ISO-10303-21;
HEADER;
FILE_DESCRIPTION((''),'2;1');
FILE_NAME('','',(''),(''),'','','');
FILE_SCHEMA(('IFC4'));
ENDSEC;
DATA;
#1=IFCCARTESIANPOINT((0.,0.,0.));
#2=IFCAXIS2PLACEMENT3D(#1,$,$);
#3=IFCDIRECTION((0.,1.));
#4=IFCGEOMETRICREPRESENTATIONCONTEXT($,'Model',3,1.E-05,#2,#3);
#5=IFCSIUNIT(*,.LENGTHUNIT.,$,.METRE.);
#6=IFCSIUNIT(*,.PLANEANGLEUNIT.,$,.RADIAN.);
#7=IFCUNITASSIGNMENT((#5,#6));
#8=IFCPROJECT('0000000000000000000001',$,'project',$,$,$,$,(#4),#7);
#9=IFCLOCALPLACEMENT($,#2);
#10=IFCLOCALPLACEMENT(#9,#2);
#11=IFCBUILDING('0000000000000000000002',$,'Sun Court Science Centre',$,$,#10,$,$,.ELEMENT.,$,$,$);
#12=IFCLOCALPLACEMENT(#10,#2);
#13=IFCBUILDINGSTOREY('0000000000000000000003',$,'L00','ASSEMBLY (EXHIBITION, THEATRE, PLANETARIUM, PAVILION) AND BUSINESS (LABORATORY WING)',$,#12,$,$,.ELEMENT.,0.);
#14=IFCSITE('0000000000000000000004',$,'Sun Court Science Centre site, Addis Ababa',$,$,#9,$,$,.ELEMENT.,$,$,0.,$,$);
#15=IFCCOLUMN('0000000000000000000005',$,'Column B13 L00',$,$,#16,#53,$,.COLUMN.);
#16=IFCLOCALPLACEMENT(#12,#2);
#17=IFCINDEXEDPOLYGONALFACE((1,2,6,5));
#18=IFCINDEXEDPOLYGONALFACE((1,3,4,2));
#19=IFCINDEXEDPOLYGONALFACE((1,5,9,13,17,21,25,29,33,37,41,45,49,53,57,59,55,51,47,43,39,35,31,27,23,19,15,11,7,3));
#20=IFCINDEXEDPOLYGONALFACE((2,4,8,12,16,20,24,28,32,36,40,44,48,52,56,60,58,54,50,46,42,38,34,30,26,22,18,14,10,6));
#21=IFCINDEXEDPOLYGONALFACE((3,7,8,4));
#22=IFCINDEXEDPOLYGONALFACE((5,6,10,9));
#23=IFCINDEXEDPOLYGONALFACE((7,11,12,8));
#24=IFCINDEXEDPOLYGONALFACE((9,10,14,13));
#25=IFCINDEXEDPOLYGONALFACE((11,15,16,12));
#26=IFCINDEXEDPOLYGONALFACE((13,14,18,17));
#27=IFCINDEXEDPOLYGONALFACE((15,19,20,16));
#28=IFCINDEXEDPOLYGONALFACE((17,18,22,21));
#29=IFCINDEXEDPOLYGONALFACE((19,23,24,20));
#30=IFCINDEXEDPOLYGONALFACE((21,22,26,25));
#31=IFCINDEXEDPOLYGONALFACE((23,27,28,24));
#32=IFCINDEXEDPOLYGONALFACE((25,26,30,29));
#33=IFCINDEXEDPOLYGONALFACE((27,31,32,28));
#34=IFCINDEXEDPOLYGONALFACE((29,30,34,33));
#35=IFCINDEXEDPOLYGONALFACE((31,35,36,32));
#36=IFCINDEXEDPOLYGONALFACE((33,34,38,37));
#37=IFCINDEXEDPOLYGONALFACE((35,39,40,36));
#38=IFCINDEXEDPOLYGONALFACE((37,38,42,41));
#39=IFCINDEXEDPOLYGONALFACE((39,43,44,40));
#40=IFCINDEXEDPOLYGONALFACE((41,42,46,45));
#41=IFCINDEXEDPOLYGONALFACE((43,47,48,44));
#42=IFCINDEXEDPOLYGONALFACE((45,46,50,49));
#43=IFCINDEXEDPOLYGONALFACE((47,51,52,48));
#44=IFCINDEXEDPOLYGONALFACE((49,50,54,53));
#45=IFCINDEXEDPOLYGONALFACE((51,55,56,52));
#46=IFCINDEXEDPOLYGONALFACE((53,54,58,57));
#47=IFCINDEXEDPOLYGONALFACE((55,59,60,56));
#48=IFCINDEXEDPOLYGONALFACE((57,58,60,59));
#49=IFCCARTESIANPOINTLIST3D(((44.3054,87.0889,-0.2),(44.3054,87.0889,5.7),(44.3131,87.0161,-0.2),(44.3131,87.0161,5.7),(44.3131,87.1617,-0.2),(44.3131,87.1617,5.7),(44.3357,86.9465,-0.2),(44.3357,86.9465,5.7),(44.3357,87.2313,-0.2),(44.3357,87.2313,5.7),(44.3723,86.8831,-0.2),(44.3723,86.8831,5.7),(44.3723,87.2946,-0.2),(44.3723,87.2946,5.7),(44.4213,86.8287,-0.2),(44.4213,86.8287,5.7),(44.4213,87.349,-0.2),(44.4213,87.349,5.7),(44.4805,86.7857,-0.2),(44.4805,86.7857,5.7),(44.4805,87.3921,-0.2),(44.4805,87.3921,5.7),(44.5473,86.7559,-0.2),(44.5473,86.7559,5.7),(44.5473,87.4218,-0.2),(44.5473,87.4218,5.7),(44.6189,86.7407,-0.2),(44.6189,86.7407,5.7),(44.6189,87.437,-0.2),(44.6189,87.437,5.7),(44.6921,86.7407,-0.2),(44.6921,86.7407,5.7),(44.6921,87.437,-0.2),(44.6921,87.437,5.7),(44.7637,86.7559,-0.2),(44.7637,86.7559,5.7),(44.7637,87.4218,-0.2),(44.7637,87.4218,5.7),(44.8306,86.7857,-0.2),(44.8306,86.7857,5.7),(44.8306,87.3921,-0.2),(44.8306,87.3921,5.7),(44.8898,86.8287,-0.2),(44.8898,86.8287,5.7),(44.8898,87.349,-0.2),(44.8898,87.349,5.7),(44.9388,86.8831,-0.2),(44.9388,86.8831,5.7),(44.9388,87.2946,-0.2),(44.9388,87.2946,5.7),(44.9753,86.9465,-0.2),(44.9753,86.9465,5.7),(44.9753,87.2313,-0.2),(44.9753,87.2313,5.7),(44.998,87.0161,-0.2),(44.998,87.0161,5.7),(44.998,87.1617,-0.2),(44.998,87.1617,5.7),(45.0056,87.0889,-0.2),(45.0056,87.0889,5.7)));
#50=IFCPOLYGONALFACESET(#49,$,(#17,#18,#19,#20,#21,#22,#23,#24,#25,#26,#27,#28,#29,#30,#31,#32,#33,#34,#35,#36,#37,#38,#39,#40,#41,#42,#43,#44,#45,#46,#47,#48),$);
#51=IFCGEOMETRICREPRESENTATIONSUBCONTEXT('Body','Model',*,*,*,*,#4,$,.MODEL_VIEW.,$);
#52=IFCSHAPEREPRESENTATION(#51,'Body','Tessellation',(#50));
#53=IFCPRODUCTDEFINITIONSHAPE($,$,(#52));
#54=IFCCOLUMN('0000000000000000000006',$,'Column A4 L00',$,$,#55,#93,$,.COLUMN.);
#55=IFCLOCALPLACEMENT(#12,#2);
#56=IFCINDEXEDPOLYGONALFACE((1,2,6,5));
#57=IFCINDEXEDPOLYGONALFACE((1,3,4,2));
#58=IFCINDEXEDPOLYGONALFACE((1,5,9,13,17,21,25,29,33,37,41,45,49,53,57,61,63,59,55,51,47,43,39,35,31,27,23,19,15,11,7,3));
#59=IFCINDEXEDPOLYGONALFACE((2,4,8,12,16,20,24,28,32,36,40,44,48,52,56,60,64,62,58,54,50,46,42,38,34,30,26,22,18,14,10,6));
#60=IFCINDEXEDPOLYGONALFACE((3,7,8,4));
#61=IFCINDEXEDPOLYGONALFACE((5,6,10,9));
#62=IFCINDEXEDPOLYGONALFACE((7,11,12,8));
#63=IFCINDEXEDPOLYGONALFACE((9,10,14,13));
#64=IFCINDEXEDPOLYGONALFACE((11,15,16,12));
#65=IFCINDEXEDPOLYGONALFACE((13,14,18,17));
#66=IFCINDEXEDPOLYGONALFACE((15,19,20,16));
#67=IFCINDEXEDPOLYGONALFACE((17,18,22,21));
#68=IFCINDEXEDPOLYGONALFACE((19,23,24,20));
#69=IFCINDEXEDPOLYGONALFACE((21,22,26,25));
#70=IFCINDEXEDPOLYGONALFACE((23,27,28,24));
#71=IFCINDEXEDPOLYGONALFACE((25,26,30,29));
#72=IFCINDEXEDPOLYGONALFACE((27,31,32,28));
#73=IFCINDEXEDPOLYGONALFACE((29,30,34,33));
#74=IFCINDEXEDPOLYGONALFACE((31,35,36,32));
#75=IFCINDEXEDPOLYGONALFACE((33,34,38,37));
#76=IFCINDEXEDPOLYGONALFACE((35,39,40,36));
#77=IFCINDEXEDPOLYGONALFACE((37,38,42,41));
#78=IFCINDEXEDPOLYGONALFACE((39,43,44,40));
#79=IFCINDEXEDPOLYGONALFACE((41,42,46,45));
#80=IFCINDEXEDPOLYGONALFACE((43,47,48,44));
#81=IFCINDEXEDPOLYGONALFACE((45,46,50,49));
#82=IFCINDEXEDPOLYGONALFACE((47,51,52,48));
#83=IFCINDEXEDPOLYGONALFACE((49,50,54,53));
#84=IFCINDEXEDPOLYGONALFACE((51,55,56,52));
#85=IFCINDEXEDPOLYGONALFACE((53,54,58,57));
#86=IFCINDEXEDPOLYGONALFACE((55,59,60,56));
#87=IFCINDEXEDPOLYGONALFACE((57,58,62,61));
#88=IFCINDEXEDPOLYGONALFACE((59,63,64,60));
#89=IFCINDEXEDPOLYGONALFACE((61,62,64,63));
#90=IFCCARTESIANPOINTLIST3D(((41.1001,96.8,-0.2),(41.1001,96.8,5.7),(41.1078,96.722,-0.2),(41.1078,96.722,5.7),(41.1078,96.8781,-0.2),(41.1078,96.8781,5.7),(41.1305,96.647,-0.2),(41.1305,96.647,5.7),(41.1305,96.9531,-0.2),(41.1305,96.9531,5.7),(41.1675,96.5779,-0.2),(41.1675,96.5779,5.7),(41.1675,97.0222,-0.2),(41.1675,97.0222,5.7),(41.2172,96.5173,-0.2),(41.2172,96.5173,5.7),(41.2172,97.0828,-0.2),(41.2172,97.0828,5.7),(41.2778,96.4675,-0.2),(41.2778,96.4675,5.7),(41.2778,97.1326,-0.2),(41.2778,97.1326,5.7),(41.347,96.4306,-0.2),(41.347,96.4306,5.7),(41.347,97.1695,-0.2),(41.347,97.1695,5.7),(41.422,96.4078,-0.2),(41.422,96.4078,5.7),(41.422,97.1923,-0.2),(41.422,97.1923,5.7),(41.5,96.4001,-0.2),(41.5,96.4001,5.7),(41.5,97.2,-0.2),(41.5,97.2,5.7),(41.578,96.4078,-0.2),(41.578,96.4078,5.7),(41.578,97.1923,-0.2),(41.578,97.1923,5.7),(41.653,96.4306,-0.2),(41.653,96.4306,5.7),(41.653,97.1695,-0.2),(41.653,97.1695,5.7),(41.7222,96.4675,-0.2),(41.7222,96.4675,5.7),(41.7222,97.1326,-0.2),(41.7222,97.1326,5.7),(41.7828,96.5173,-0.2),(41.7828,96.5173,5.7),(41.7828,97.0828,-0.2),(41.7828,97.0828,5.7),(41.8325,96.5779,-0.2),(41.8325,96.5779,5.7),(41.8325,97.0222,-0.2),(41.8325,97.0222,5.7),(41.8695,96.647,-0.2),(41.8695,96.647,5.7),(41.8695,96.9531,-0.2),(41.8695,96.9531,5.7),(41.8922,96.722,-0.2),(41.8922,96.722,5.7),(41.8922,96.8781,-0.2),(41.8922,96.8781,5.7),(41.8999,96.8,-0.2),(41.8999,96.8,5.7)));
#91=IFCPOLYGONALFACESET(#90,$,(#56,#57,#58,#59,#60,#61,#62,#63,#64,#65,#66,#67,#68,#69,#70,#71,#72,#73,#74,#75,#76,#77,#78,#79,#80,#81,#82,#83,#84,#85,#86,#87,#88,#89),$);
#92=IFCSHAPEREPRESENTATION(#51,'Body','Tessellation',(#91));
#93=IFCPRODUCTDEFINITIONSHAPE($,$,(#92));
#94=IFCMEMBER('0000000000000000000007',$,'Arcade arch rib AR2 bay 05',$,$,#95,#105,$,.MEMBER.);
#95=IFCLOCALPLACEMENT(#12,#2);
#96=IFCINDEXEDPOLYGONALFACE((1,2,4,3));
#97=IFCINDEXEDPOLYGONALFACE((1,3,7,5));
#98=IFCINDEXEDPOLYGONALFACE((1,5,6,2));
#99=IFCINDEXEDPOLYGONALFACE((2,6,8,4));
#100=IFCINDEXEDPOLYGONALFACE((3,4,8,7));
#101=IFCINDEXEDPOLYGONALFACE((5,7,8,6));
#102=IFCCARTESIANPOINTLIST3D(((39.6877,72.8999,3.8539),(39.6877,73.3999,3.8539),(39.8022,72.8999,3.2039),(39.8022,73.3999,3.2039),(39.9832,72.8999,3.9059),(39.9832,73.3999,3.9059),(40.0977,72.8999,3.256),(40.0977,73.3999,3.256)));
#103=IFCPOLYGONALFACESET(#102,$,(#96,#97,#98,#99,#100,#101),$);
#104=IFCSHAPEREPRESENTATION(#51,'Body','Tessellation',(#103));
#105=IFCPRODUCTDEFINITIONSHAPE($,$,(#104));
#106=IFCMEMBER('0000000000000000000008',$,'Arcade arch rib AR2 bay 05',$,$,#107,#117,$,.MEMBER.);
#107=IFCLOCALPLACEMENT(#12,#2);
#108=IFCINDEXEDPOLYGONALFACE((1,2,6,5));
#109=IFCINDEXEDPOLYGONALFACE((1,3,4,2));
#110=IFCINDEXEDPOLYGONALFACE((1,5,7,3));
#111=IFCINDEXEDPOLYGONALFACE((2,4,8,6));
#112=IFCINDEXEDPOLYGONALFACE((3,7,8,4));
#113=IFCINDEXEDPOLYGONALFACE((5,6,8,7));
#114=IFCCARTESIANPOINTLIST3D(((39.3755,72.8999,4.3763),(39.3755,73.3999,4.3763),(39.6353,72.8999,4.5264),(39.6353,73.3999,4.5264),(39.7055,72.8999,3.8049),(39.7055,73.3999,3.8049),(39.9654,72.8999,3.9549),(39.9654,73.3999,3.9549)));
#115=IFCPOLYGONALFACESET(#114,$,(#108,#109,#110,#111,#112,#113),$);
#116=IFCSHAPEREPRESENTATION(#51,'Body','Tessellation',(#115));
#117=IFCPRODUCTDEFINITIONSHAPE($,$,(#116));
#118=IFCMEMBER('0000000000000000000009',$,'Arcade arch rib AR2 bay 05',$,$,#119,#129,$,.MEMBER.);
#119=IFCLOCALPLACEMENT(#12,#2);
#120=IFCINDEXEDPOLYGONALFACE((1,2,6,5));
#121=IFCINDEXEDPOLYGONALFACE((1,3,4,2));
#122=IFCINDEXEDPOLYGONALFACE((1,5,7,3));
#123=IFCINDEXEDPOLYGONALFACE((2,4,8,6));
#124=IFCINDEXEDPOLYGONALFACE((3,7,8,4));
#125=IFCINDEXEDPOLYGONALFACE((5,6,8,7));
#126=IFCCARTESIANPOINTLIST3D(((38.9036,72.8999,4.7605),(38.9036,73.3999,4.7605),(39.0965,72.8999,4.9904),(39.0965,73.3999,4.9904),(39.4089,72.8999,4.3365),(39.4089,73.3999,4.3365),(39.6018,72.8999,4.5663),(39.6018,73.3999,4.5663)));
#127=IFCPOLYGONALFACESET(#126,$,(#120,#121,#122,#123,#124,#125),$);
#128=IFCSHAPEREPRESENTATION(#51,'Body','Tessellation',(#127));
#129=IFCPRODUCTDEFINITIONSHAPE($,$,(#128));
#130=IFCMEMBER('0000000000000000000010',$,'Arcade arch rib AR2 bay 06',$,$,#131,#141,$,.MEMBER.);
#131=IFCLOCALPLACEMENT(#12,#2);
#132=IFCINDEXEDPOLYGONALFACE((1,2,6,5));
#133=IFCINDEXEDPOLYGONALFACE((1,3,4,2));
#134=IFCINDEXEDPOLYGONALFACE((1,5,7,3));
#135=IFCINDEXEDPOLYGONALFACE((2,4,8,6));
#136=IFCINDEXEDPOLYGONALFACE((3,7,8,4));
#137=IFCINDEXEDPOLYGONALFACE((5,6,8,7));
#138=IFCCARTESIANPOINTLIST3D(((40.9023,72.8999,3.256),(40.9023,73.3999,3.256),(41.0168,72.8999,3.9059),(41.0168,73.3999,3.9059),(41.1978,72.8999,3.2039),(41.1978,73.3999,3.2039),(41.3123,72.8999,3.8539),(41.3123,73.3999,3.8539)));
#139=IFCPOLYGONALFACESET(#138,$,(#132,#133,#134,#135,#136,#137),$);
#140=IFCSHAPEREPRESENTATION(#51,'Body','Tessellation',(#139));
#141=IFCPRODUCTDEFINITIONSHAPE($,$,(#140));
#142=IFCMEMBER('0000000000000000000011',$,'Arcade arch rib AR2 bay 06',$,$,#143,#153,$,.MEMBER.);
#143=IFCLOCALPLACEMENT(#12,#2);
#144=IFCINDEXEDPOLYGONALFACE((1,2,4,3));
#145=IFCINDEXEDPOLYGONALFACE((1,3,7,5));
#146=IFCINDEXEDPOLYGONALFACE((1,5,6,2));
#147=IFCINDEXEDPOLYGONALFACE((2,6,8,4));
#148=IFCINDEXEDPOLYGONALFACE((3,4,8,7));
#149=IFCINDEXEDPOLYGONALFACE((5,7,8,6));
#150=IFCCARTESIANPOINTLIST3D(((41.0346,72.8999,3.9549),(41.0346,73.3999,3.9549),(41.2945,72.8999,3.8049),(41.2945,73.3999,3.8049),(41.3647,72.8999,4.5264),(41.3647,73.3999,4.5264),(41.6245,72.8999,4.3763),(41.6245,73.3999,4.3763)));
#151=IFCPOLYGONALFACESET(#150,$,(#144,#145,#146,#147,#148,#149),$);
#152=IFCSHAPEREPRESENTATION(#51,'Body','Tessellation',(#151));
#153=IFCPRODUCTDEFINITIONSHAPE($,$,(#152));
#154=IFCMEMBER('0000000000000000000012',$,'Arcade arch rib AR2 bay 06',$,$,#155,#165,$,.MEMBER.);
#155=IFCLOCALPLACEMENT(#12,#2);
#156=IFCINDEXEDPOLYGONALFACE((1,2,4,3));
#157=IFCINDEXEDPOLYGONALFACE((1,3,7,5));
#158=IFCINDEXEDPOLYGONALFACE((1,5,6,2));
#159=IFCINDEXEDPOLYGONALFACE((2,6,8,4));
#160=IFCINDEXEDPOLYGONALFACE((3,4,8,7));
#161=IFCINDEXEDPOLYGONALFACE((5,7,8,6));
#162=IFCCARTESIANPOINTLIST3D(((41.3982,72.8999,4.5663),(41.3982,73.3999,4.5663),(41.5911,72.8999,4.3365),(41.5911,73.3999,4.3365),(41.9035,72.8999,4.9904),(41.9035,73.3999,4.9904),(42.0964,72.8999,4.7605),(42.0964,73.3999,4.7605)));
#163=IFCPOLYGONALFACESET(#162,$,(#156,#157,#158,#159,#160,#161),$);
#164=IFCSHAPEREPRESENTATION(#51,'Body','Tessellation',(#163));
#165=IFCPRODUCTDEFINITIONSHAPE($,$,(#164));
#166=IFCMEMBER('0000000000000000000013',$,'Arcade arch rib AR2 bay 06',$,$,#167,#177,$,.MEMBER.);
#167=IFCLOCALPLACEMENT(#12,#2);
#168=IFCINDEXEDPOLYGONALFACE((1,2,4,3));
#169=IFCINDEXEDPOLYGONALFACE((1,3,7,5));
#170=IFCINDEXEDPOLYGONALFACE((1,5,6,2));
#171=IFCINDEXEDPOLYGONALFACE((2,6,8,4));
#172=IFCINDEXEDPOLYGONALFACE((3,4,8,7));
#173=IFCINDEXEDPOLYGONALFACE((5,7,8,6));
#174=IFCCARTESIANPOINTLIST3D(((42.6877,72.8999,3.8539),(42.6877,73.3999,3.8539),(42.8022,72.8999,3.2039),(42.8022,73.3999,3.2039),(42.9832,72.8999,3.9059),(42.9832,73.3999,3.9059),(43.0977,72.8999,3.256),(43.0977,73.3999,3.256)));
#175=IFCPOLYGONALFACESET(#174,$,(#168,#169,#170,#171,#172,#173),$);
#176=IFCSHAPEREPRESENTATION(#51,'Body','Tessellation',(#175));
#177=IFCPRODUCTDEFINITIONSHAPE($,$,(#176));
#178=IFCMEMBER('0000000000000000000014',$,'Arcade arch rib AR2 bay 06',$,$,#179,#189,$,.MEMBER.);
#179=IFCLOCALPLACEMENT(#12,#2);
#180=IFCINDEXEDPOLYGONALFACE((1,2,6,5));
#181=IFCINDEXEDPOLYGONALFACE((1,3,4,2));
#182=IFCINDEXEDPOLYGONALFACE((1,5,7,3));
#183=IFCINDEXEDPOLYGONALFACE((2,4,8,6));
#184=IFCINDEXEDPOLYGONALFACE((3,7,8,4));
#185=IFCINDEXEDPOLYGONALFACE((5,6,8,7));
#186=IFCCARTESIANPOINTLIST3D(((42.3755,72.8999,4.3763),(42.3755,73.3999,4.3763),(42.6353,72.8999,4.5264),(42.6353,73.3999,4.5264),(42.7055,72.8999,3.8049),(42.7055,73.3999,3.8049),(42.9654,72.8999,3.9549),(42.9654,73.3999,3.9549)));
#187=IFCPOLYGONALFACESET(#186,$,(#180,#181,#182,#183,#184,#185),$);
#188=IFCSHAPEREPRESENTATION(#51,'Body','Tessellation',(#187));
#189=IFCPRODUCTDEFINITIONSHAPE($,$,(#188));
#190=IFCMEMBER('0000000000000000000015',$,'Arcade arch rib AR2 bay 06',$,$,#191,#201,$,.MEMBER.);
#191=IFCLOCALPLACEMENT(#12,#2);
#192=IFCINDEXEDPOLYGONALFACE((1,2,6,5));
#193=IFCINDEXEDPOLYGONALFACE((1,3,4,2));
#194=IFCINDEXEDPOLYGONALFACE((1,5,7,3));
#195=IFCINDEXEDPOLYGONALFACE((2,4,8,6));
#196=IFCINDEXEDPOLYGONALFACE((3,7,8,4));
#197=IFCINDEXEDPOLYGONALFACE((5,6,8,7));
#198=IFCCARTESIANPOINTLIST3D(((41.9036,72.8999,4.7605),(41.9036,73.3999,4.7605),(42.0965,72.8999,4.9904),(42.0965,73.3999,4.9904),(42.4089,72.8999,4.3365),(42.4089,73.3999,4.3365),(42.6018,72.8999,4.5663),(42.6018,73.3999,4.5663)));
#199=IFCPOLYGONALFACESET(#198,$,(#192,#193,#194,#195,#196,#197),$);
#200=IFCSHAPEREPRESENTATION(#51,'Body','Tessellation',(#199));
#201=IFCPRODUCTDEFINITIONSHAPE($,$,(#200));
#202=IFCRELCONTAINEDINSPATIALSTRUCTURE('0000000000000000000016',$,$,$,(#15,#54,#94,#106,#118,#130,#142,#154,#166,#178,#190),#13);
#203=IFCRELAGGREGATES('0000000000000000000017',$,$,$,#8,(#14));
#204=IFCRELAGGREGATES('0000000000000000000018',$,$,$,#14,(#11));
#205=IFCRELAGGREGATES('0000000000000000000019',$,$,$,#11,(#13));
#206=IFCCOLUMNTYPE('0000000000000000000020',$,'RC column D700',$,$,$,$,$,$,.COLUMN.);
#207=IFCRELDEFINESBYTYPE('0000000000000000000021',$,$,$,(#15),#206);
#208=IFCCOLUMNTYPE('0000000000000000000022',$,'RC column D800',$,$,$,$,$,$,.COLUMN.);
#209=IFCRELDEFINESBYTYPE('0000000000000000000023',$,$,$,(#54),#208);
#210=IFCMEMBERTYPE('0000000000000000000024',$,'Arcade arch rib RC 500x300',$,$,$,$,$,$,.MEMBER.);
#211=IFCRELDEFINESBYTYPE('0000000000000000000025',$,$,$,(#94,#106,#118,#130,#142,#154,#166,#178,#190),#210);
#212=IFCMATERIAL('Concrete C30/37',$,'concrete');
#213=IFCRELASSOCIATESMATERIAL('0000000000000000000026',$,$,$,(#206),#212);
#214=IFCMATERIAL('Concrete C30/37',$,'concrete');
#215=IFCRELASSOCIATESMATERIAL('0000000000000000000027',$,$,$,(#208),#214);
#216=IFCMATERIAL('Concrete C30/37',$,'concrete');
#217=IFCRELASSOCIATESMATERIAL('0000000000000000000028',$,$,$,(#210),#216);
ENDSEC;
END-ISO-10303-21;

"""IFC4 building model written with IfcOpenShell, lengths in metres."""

from ifc_helpers import new_model, si_unit, direction, frame, origin, origin_2d, place, context, subcontext, project, spatial, rectangle, circle, extrude, material, material_profile, profile_set, type_object, element, save


model = new_model("IFC4")

# Units and contexts
model_context = context("Model", 3, precision=1e-05, world=origin(), true_north=direction((0.0, 1.0)))
body_context = subcontext(model_context, "Body", "Model", "MODEL_VIEW")
ifc_project = project(units=[si_unit("LENGTHUNIT", "METRE"), si_unit("PLANEANGLEUNIT", "RADIAN")], contexts=[model_context])

# Site, building, storey
site_placement = place(None, origin())
site = spatial("IfcSite", under=ifc_project, at=site_placement, Name="Sun Court Science Centre site, Addis Ababa", CompositionType="ELEMENT", RefElevation=0.0)
building_placement = place(site_placement, origin())
building = spatial("IfcBuilding", under=site, at=building_placement, Name="Sun Court Science Centre", CompositionType="ELEMENT")
storey_placement = place(building_placement, origin())
storey = spatial("IfcBuildingStorey", under=building, at=storey_placement, Name="L00", Description="ASSEMBLY (EXHIBITION, THEATRE, PLANETARIUM, PAVILION) AND BUSINESS (LABORATORY WING)", CompositionType="ELEMENT", Elevation=0.0)

# Columns
ifc_material_1 = material(Name="Concrete C30/37", Category="concrete")
ifc_material_profile_1 = material_profile(ifc_material_1, circle(Radius=0.3501, at=origin_2d()), Name="RC D700")
ifc_profile_set_1 = profile_set([ifc_material_profile_1], Name="Concrete C30/37")
column_type_1 = type_object("IfcColumnType", Name="RC column D700", PredefinedType="COLUMN", material=ifc_profile_set_1)
for number, where, z_axis, x_axis, name in (
    (1, (44.6555, 87.0889, -0.2), (0.0, 0.0, 1.0), (1.0, 0.0, 0.0), "Column B13 L00"),
):
    element("IfcColumn", number, at=place(storey_placement, frame(where, z_axis=z_axis, x_axis=x_axis)), inside=storey, type_object=column_type_1, Name=name, PredefinedType="COLUMN", context=body_context, shape_type="SweptSolid", body=[
        extrude(circle(Radius=0.3501, at=origin_2d()), origin(), (0.0, 0.0, 1.0), 5.8999),
    ])
ifc_material_2 = material(Name="Concrete C30/37", Category="concrete")
ifc_material_profile_2 = material_profile(ifc_material_2, circle(Radius=0.3999, at=origin_2d()), Name="RC D800")
ifc_profile_set_2 = profile_set([ifc_material_profile_2], Name="Concrete C30/37")
column_type_2 = type_object("IfcColumnType", Name="RC column D800", PredefinedType="COLUMN", material=ifc_profile_set_2)
column_placement = place(storey_placement, frame((41.5, 96.8, -0.2), z_axis=(0.0, 0.0, 1.0), x_axis=(1.0, 0.0, 0.0)))
element("IfcColumn", 2, at=column_placement, inside=storey, type_object=column_type_2, Name="Column A4 L00", PredefinedType="COLUMN", context=body_context, shape_type="SweptSolid", body=[
    extrude(circle(Radius=0.3999, at=origin_2d()), origin(), (0.0, 0.0, 1.0), 5.8999),
])

# Members
ifc_material_3 = material(Name="Concrete C30/37", Category="concrete")
ifc_material_profile_3 = material_profile(ifc_material_3, rectangle(XDim=0.5, YDim=0.3, at=origin_2d()), Name="RC 500x300")
ifc_profile_set_3 = profile_set([ifc_material_profile_3], Name="Concrete C30/37")
member_type = type_object("IfcMemberType", Name="Arcade arch rib RC 500x300", PredefinedType="MEMBER", material=ifc_profile_set_3)
for number, where, z_axis, x_axis, name in (
    (3, (39.95, 73.1499, 3.23), (-0.173511, 0.0, 0.984832), (0.0, -1.0, 0.0), "Arcade arch rib AR2 bay 05"),
    (4, (39.8354, 73.1499, 3.8799), (-0.500117, 0.0, 0.865958), (0.0, -1.0, 0.0), "Arcade arch rib AR2 bay 05"),
):
    element("IfcMember", number, at=place(storey_placement, frame(where, z_axis=z_axis, x_axis=x_axis)), inside=storey, type_object=member_type, Name=name, PredefinedType="MEMBER", context=body_context, shape_type="SweptSolid", body=[
        extrude(rectangle(XDim=0.5, YDim=0.3, at=origin_2d()), origin(), (0.0, 0.0, 1.0), 0.6599),
    ])
member_1_placement = place(storey_placement, frame((39.5054, 73.1499, 4.4514), z_axis=(-0.766033, 0.0, 0.642801), x_axis=(0.0, -1.0, 0.0)))
element("IfcMember", 5, at=member_1_placement, inside=storey, type_object=member_type, Name="Arcade arch rib AR2 bay 05", PredefinedType="MEMBER", context=body_context, shape_type="SweptSolid", body=[
    extrude(rectangle(XDim=0.5, YDim=0.3, at=origin_2d()), origin(), (0.0, 0.0, 1.0), 0.6597),
])
for number, where, z_axis, x_axis, name in (
    (6, (41.05, 73.1499, 3.23), (0.173511, 0.0, 0.984832), (0.0, 1.0, 0.0), "Arcade arch rib AR2 bay 06"),
    (7, (41.1646, 73.1499, 3.8799), (0.500117, 0.0, 0.865958), (0.0, 1.0, 0.0), "Arcade arch rib AR2 bay 06"),
):
    element("IfcMember", number, at=place(storey_placement, frame(where, z_axis=z_axis, x_axis=x_axis)), inside=storey, type_object=member_type, Name=name, PredefinedType="MEMBER", context=body_context, shape_type="SweptSolid", body=[
        extrude(rectangle(XDim=0.5, YDim=0.3, at=origin_2d()), origin(), (0.0, 0.0, 1.0), 0.6599),
    ])
member_2_placement = place(storey_placement, frame((41.4946, 73.1499, 4.4514), z_axis=(0.766033, 0.0, 0.642801), x_axis=(0.0, 1.0, 0.0)))
element("IfcMember", 8, at=member_2_placement, inside=storey, type_object=member_type, Name="Arcade arch rib AR2 bay 06", PredefinedType="MEMBER", context=body_context, shape_type="SweptSolid", body=[
    extrude(rectangle(XDim=0.5, YDim=0.3, at=origin_2d()), origin(), (0.0, 0.0, 1.0), 0.6597),
])
for number, where, z_axis, x_axis, name in (
    (9, (42.95, 73.1499, 3.23), (-0.173511, 0.0, 0.984832), (0.0, -1.0, 0.0), "Arcade arch rib AR2 bay 06"),
    (10, (42.8354, 73.1499, 3.8799), (-0.500117, 0.0, 0.865958), (0.0, -1.0, 0.0), "Arcade arch rib AR2 bay 06"),
):
    element("IfcMember", number, at=place(storey_placement, frame(where, z_axis=z_axis, x_axis=x_axis)), inside=storey, type_object=member_type, Name=name, PredefinedType="MEMBER", context=body_context, shape_type="SweptSolid", body=[
        extrude(rectangle(XDim=0.5, YDim=0.3, at=origin_2d()), origin(), (0.0, 0.0, 1.0), 0.6599),
    ])
member_3_placement = place(storey_placement, frame((42.5054, 73.1499, 4.4514), z_axis=(-0.766033, 0.0, 0.642801), x_axis=(0.0, -1.0, 0.0)))
element("IfcMember", 11, at=member_3_placement, inside=storey, type_object=member_type, Name="Arcade arch rib AR2 bay 06", PredefinedType="MEMBER", context=body_context, shape_type="SweptSolid", body=[
    extrude(rectangle(XDim=0.5, YDim=0.3, at=origin_2d()), origin(), (0.0, 0.0, 1.0), 0.6597),
])

save(model, "model.ifc")
